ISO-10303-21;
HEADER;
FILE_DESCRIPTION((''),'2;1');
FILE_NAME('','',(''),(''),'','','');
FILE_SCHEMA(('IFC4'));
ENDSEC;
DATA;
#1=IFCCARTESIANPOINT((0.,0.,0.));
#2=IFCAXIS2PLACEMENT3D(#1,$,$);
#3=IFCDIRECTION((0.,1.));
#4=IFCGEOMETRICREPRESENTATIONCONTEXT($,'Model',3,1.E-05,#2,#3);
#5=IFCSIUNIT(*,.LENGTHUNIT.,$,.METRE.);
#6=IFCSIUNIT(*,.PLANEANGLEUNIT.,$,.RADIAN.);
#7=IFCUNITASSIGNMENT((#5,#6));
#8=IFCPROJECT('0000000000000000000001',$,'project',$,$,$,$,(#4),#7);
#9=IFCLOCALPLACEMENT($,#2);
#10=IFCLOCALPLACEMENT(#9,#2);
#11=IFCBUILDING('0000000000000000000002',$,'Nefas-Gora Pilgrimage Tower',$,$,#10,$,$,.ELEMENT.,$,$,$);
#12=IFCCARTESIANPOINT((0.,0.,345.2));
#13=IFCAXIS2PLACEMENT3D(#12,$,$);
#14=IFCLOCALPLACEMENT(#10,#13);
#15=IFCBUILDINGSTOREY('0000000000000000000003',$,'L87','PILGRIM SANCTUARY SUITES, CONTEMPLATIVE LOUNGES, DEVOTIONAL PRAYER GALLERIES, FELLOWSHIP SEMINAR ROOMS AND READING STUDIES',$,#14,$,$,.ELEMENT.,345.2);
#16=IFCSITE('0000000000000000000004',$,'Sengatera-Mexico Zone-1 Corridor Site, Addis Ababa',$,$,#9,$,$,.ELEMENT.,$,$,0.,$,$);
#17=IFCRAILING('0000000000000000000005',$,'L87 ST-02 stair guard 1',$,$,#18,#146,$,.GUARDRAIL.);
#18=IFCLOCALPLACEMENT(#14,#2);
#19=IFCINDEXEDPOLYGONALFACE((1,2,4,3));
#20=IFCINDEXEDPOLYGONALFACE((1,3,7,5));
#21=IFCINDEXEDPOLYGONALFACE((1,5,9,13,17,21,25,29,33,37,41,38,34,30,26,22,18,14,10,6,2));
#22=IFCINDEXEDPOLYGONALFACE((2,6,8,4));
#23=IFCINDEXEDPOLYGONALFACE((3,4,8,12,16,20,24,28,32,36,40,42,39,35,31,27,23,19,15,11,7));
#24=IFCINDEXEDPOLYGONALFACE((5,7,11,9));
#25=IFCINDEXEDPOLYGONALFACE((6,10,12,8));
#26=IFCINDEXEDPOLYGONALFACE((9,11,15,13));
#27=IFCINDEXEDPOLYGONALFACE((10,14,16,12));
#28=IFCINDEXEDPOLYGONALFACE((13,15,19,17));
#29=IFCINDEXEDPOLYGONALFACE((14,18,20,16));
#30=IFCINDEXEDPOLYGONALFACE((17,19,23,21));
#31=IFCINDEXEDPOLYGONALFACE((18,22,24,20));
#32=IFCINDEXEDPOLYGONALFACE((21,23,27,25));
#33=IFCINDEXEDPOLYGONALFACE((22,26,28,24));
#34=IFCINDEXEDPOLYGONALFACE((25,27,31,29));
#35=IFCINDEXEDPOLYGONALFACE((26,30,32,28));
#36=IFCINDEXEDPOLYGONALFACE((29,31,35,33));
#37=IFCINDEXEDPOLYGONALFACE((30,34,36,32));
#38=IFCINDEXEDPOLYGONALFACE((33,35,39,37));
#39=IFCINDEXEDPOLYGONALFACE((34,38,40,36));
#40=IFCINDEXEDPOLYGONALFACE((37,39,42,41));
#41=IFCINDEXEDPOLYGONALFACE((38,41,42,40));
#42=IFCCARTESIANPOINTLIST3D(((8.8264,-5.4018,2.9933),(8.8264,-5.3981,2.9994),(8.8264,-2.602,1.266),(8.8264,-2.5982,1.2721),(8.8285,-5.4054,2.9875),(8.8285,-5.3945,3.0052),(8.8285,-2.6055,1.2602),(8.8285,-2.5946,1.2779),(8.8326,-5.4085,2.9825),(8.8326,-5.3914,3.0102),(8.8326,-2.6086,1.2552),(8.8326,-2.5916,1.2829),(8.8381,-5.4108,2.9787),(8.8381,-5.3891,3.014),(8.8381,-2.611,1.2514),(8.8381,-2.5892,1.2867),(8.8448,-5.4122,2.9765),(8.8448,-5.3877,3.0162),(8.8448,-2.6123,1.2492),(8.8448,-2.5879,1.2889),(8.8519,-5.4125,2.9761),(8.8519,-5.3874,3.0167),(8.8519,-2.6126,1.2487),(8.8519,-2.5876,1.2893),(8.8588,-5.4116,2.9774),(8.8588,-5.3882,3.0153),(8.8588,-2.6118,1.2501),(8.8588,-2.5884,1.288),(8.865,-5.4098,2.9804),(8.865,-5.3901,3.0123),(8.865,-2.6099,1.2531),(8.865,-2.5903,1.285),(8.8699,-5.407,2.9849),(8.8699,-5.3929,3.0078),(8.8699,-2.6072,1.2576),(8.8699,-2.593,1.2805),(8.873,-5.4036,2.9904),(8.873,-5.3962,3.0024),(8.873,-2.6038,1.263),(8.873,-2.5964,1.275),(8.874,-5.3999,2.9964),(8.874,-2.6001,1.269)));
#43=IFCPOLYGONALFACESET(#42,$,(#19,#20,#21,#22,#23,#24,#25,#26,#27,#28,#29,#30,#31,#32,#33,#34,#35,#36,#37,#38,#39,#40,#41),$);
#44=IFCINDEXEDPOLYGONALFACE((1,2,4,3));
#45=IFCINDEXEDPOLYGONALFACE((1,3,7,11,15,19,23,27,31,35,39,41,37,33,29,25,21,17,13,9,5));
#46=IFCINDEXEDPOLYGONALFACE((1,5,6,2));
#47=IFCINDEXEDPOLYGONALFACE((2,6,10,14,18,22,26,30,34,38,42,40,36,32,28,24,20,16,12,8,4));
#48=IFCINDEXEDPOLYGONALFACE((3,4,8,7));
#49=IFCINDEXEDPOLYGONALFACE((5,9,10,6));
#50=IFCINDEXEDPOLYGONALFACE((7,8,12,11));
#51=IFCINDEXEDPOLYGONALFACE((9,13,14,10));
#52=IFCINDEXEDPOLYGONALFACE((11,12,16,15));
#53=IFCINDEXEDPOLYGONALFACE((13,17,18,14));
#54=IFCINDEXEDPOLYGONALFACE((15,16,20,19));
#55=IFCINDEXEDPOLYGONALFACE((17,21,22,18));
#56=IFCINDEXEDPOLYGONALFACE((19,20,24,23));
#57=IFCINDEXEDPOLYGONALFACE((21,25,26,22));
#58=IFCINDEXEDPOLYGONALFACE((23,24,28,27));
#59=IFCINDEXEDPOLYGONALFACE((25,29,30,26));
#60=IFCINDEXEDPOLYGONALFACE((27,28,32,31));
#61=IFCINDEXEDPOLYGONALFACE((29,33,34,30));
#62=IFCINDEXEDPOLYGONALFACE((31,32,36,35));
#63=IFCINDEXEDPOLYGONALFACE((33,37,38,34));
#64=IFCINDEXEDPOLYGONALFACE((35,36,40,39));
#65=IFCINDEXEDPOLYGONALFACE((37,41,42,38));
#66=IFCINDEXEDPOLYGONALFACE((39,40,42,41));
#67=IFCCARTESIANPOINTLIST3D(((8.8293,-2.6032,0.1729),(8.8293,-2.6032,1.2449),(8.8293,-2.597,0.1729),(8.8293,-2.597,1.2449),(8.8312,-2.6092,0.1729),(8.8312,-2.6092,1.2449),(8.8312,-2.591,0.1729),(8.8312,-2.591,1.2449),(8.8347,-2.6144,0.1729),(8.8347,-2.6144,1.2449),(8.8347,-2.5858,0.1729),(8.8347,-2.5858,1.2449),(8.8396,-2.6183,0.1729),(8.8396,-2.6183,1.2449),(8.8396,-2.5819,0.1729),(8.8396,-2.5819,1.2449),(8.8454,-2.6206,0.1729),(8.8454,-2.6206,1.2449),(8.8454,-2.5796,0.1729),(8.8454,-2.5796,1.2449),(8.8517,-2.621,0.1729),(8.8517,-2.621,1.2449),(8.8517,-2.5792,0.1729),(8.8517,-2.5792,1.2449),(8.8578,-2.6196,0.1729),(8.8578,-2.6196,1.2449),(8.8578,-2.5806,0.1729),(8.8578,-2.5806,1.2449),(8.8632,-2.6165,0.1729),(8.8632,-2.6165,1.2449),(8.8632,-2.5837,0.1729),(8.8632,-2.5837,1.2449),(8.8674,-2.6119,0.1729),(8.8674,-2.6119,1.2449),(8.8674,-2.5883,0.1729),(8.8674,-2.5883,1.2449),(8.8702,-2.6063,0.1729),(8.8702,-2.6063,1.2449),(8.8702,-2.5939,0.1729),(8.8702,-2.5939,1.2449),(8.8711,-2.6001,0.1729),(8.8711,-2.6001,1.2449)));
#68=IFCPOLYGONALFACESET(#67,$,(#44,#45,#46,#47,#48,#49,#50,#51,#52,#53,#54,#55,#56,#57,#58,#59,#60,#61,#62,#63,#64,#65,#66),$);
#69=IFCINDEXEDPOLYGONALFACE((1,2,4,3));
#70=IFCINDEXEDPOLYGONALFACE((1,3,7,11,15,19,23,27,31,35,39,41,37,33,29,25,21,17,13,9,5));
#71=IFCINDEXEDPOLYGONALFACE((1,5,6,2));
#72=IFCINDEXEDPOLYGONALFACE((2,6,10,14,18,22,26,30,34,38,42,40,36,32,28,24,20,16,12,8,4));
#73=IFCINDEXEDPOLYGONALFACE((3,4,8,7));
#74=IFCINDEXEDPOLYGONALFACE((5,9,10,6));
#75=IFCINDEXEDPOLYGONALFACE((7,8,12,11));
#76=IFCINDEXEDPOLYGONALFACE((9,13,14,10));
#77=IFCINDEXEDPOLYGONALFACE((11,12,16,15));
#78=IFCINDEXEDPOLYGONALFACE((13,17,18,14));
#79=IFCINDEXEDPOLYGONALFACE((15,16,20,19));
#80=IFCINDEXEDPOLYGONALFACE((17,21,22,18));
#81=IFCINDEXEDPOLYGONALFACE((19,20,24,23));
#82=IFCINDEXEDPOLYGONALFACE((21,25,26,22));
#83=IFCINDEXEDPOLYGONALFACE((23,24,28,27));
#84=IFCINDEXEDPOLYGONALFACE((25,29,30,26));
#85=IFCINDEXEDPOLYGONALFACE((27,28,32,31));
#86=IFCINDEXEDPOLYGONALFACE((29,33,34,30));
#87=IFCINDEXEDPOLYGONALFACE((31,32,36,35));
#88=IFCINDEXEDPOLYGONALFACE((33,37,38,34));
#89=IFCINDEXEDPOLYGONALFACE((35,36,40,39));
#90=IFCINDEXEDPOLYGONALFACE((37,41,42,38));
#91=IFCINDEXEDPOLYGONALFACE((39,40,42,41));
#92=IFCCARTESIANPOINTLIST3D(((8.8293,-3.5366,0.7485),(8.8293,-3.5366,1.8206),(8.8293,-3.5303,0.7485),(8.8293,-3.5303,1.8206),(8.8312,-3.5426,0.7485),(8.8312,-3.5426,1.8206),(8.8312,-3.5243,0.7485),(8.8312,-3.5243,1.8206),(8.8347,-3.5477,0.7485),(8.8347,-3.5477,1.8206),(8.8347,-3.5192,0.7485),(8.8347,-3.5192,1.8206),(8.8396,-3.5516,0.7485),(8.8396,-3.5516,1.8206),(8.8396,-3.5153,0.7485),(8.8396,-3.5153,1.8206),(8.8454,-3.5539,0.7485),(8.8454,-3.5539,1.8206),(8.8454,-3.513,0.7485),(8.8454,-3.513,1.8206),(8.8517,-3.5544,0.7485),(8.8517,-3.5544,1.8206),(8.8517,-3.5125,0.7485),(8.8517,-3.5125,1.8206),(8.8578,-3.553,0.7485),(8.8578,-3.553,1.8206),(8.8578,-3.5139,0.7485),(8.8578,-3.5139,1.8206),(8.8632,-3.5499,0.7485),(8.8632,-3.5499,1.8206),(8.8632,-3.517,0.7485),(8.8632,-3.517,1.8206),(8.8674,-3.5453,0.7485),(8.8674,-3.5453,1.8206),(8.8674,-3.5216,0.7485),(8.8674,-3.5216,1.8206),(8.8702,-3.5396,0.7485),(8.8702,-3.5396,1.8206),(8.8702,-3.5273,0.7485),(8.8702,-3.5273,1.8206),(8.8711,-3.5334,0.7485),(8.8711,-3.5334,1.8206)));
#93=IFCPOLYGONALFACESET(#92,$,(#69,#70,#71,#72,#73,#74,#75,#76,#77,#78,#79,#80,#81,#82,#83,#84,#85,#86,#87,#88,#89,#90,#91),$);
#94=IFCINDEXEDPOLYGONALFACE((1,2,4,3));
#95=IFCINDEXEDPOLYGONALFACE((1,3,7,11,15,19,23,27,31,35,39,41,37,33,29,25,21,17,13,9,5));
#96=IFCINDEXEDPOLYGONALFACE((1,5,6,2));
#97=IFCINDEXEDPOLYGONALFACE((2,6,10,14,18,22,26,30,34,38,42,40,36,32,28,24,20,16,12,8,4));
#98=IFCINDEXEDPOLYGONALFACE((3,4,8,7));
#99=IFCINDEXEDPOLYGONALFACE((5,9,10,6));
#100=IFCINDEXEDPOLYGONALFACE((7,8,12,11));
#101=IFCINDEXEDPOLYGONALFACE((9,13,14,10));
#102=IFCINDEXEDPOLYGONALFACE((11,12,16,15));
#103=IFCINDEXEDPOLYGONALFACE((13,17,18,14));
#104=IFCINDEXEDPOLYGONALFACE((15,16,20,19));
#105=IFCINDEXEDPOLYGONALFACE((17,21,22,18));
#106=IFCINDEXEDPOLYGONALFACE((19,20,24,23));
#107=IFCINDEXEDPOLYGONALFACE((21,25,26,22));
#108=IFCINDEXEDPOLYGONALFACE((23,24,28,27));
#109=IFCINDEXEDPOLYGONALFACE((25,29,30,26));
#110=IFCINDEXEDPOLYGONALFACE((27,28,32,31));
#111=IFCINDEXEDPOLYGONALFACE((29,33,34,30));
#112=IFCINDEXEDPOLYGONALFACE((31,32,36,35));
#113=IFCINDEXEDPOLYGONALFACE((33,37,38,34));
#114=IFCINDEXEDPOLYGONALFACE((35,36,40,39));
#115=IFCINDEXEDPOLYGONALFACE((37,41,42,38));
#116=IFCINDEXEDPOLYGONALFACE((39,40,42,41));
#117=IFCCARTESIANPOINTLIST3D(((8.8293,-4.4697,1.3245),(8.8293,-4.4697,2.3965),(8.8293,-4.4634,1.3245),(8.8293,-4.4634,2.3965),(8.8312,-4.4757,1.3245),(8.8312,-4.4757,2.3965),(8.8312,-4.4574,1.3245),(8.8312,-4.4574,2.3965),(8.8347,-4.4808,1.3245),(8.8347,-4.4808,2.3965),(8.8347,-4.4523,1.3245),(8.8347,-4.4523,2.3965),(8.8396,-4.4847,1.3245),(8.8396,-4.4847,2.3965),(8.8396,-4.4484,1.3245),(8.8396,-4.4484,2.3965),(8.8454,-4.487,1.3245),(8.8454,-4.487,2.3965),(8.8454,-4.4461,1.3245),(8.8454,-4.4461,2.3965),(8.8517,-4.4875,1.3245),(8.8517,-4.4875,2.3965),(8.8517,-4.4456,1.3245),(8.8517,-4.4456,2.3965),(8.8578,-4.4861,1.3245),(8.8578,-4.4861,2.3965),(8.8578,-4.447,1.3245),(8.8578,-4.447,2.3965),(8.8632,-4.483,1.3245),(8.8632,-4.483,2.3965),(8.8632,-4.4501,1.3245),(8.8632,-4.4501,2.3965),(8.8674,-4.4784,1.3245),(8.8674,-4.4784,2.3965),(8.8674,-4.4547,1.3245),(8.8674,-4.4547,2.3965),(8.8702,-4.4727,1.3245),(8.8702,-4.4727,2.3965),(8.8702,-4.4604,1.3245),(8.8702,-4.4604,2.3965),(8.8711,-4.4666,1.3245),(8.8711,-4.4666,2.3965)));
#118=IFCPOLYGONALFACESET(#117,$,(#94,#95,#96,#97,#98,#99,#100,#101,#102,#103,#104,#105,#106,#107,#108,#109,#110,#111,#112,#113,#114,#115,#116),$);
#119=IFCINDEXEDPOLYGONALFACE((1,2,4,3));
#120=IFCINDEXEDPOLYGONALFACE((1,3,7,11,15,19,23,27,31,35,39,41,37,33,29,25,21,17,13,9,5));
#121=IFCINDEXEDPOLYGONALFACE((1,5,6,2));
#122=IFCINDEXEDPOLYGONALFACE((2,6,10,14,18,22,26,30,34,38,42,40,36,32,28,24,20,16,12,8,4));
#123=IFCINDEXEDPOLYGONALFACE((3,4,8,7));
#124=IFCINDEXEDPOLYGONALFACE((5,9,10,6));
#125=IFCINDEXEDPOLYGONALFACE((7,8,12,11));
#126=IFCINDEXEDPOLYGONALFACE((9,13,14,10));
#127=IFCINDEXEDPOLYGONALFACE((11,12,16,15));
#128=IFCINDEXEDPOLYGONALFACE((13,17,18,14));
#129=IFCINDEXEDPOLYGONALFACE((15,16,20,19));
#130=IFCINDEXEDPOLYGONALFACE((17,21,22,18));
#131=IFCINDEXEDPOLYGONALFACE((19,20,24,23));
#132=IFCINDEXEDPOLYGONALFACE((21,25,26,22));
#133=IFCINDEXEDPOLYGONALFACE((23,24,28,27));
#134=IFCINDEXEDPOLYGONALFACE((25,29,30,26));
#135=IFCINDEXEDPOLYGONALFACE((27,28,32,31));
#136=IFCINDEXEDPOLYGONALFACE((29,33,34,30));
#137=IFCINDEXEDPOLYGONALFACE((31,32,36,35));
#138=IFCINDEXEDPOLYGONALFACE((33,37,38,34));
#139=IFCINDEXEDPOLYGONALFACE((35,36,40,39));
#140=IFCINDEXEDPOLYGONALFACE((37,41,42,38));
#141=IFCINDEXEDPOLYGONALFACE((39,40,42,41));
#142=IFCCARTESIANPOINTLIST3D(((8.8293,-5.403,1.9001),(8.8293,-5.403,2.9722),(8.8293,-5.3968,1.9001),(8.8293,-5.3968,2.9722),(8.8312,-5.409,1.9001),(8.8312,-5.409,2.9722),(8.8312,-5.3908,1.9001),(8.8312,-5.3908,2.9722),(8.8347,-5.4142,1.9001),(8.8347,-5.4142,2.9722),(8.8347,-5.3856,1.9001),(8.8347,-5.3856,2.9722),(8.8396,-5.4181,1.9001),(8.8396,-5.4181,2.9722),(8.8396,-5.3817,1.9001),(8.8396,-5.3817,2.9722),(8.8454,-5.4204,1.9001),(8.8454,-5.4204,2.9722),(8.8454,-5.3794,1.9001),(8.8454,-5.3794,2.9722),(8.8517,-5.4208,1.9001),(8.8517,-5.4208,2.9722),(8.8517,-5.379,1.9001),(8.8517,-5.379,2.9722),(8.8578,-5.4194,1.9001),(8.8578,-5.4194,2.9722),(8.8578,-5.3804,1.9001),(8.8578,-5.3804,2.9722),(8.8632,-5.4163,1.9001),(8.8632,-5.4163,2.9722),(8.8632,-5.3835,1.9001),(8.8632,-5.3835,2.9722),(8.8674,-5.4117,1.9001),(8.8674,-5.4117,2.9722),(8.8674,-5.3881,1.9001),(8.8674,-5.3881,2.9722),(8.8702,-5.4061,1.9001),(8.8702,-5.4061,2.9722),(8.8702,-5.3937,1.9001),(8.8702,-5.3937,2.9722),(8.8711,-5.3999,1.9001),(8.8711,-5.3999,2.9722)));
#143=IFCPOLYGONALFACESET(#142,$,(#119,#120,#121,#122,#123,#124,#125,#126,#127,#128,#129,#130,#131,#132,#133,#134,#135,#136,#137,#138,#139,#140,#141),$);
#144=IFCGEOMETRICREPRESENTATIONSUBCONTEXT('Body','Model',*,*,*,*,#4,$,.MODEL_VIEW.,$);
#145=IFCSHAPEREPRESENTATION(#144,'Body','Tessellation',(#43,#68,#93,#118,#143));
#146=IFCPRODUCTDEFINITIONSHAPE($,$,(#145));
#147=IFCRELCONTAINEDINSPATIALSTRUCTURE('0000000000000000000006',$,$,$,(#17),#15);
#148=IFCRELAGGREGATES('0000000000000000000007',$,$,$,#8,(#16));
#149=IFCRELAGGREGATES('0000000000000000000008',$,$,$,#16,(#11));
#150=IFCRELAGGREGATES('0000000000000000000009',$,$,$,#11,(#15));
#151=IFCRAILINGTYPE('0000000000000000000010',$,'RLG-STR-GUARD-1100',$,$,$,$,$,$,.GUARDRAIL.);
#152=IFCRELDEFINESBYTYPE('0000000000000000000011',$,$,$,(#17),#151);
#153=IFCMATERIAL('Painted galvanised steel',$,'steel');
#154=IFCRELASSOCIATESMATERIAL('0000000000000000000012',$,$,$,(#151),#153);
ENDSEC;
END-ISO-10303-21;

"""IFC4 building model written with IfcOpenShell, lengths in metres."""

from ifc_helpers import new_model, si_unit, direction, frame, origin, origin_2d, place, context, subcontext, project, spatial, circle, extrude, material, type_object, element, save


model = new_model("IFC4")

# Units and contexts
model_context = context("Model", 3, precision=1e-05, world=origin(), true_north=direction((0.0, 1.0)))
body_context = subcontext(model_context, "Body", "Model", "MODEL_VIEW")
ifc_project = project(units=[si_unit("LENGTHUNIT", "METRE"), si_unit("PLANEANGLEUNIT", "RADIAN")], contexts=[model_context])

# Site, building, storey
site_placement = place(None, origin())
site = spatial("IfcSite", under=ifc_project, at=site_placement, Name="Sengatera-Mexico Zone-1 Corridor Site, Addis Ababa", CompositionType="ELEMENT", RefElevation=0.0)
building_placement = place(site_placement, origin())
building = spatial("IfcBuilding", under=site, at=building_placement, Name="Nefas-Gora Pilgrimage Tower", CompositionType="ELEMENT")
storey_placement = place(building_placement, frame((0.0, 0.0, 345.2)))
storey = spatial("IfcBuildingStorey", under=building, at=storey_placement, Name="L87", Description="PILGRIM SANCTUARY SUITES, CONTEMPLATIVE LOUNGES, DEVOTIONAL PRAYER GALLERIES, FELLOWSHIP SEMINAR ROOMS AND READING STUDIES", CompositionType="ELEMENT", Elevation=345.2)

# Railing
ifc_material_1 = material(Name="Painted galvanised steel", Category="steel")
railing_type_1 = type_object("IfcRailingType", Name="RLG-STR-GUARD-1100", PredefinedType="GUARDRAIL", material=ifc_material_1)
railing_1_placement = place(storey_placement, frame((8.8501, -2.6001, 0.1729)))
element("IfcRailing", 1, at=railing_1_placement, inside=storey, type_object=railing_type_1, Name="L87 ST-02 stair guard 1", PredefinedType="GUARDRAIL", context=body_context, shape_type="SweptSolid", body=[
    extrude(circle(Radius=0.0239, at=origin_2d()), frame((0.0, 0.0, 1.0962), z_axis=(0.0, -0.851069, 0.525054), x_axis=(1.0, 0.0, 0.0)), (0.0, 0.0, 1.0), 3.2898),
    extrude(circle(Radius=0.021, at=origin_2d()), origin(), (0.0, 0.0, 1.0), 1.072),
    extrude(circle(Radius=0.021, at=origin_2d()), frame((0.0, -0.9333, 0.5757)), (0.0, 0.0, 1.0), 1.072),
    extrude(circle(Radius=0.021, at=origin_2d()), frame((0.0, -1.8665, 1.1516)), (0.0, 0.0, 1.0), 1.072),
    extrude(circle(Radius=0.021, at=origin_2d()), frame((0.0, -2.7998, 1.7273)), (0.0, 0.0, 1.0), 1.072),
])

save(model, "model.ifc")
